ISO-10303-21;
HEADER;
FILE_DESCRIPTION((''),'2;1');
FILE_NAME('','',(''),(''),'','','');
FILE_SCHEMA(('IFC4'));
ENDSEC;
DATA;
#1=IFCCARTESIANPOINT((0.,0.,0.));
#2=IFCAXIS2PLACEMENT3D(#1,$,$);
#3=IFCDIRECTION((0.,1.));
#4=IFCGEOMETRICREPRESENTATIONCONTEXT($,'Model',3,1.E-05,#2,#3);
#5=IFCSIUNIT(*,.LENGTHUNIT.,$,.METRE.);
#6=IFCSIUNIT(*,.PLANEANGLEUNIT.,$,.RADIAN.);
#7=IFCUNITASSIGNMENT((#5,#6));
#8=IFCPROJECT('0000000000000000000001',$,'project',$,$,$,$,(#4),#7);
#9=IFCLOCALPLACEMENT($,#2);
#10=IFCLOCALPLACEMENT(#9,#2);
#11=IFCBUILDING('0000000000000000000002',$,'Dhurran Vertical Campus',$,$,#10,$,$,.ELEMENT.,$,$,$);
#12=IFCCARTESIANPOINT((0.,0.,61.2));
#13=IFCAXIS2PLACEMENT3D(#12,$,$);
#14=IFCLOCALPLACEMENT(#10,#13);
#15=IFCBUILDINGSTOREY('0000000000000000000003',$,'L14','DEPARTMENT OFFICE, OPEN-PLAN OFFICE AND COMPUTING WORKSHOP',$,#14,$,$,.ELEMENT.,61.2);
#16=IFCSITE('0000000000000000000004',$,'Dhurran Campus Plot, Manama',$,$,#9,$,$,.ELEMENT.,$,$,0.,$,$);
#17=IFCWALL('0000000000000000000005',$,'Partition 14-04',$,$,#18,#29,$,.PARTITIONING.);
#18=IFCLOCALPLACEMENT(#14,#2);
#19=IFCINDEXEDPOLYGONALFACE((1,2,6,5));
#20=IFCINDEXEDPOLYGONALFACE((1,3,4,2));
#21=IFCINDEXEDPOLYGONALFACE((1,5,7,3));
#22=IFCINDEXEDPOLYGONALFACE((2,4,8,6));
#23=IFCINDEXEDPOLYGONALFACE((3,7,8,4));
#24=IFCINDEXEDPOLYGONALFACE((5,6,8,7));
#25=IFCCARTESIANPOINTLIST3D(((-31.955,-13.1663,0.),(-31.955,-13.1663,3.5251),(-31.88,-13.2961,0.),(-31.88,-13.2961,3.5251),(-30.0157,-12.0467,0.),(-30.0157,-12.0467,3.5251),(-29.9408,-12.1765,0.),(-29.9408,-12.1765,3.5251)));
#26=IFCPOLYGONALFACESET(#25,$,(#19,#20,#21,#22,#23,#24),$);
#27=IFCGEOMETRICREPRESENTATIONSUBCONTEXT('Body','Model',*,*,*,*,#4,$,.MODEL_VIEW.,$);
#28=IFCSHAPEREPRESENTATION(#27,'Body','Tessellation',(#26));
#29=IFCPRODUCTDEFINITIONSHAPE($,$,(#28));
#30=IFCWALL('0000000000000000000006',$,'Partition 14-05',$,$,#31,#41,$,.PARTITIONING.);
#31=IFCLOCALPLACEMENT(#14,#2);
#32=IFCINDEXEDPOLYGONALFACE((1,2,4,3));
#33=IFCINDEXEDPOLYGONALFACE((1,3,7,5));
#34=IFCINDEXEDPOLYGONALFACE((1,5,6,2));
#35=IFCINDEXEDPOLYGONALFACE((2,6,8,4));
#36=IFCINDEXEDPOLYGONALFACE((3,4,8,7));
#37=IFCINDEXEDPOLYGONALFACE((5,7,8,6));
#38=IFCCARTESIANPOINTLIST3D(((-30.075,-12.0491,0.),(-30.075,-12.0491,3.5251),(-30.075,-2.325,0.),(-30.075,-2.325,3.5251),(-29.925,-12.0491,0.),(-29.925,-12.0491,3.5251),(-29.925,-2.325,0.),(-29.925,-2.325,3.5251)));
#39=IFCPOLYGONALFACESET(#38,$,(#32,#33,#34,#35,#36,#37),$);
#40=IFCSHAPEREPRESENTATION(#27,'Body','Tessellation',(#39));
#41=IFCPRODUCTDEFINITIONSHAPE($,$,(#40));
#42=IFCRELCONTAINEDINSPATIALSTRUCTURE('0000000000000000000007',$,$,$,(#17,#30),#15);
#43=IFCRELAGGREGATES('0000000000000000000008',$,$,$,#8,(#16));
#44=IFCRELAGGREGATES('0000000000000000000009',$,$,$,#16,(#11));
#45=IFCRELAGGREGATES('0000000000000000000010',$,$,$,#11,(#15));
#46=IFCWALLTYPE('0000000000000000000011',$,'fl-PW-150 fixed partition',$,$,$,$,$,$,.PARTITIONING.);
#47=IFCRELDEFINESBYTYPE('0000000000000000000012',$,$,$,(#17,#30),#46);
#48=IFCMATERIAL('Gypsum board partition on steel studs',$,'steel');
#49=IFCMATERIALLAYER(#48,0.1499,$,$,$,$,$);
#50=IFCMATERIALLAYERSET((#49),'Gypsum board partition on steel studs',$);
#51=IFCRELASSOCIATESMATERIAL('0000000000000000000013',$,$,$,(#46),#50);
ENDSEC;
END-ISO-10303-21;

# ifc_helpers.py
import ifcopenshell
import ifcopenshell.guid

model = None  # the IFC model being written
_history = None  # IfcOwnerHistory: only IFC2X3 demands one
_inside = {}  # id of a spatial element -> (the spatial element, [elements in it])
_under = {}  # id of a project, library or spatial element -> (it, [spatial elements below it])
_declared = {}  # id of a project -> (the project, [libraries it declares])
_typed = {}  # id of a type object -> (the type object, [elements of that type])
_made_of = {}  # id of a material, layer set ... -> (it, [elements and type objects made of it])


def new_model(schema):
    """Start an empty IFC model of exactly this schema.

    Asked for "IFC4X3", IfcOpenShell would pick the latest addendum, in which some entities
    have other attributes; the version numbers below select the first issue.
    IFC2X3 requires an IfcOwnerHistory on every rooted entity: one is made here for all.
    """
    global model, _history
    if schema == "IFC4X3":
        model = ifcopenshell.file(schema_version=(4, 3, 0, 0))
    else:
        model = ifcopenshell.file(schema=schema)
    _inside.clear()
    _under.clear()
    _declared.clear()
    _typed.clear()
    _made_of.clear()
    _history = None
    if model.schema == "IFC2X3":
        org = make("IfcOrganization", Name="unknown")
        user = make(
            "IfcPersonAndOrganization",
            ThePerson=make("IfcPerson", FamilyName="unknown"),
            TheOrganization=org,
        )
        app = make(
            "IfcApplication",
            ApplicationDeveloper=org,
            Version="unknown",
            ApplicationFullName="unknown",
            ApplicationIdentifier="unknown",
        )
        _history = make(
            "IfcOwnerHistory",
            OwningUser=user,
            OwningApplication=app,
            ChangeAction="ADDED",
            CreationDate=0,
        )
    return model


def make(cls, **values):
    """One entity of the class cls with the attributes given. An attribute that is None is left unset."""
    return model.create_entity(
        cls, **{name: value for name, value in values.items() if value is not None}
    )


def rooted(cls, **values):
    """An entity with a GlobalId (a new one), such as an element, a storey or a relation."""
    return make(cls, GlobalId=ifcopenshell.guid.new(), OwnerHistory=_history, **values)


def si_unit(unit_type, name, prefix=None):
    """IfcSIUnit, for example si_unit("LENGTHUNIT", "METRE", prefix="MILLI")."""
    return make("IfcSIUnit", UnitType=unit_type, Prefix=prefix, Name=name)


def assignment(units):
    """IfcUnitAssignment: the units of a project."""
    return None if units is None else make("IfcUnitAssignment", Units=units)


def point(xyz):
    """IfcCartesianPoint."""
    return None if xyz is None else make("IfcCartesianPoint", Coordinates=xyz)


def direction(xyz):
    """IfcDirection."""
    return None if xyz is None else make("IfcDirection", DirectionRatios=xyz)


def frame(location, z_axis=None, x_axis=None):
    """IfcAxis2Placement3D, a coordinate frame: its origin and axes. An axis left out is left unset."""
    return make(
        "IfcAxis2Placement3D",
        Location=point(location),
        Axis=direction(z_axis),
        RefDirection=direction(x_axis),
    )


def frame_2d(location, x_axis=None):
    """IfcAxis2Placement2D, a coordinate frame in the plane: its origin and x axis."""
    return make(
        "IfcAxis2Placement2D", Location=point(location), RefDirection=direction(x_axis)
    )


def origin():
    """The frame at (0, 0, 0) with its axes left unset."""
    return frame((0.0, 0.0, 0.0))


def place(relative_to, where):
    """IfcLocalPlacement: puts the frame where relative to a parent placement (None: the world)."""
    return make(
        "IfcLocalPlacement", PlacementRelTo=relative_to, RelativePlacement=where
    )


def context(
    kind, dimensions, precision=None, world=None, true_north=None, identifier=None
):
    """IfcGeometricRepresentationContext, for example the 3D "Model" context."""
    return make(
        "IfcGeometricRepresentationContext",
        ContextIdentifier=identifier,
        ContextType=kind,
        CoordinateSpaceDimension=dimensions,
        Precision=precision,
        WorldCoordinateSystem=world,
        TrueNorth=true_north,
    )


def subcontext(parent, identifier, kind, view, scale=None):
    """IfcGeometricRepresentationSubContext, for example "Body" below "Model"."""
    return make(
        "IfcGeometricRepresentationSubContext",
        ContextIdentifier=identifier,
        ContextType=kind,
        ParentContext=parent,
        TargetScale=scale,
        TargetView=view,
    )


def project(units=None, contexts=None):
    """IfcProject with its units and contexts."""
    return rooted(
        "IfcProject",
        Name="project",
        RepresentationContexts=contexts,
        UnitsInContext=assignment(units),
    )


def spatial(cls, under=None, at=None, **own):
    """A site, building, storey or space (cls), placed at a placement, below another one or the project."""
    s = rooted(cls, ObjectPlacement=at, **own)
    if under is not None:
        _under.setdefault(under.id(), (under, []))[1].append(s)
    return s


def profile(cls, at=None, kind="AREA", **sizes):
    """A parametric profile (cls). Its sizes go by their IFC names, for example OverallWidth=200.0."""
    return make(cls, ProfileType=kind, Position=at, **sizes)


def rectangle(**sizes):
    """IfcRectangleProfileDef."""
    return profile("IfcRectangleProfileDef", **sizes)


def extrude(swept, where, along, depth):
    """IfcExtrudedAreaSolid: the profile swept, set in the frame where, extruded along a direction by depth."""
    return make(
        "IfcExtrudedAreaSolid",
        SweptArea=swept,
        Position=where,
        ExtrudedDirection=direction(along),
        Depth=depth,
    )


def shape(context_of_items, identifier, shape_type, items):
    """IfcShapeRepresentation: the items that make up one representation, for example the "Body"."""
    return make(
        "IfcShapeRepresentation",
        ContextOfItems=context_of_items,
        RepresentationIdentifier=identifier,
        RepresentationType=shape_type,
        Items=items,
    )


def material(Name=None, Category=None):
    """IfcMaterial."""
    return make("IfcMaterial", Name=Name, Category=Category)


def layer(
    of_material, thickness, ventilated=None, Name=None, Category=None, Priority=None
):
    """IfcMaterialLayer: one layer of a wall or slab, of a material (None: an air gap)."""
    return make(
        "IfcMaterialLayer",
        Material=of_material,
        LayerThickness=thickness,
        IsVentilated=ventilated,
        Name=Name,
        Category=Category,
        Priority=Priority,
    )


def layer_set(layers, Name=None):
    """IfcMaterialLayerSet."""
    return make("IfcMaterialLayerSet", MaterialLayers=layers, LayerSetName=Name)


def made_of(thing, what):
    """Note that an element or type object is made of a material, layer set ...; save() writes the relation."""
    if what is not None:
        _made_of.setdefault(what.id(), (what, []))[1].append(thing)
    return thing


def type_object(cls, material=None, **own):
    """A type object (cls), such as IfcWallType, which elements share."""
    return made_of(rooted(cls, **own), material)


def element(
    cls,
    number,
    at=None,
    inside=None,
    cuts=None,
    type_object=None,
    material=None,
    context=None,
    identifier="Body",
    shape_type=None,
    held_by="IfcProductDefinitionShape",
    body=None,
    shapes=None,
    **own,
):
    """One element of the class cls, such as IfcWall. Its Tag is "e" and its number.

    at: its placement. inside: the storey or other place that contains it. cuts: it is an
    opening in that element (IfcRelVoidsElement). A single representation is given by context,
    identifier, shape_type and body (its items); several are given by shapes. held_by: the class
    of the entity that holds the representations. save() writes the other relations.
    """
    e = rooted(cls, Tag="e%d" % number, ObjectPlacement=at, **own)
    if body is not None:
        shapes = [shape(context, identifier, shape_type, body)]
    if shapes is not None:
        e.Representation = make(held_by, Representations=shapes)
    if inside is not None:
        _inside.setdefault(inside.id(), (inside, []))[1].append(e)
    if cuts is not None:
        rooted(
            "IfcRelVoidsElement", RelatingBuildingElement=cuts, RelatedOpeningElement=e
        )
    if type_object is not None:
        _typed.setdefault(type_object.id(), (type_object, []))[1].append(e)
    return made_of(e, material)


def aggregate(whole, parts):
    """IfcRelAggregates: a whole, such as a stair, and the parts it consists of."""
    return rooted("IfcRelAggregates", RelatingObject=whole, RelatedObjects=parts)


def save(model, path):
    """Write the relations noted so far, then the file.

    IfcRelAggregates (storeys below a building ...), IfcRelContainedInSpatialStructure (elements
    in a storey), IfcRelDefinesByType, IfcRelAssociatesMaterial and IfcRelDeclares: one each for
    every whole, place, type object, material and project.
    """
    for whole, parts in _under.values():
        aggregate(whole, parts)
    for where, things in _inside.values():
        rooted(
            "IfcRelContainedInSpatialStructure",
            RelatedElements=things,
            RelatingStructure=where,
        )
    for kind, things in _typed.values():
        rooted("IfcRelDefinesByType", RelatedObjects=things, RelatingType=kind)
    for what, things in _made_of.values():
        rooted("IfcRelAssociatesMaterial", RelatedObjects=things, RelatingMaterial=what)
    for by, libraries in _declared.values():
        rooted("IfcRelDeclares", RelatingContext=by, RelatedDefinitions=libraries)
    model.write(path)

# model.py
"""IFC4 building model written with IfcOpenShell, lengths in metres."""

from ifc_helpers import new_model, si_unit, direction, frame, frame_2d, origin, place, context, subcontext, project, spatial, rectangle, extrude, material, layer, layer_set, type_object, element, save


model = new_model("IFC4")

# Units and contexts
model_context = context("Model", 3, precision=1e-05, world=origin(), true_north=direction((0.0, 1.0)))
body_context = subcontext(model_context, "Body", "Model", "MODEL_VIEW")
ifc_project = project(units=[si_unit("LENGTHUNIT", "METRE"), si_unit("PLANEANGLEUNIT", "RADIAN")], contexts=[model_context])

# Site, building, storey
site_placement = place(None, origin())
site = spatial("IfcSite", under=ifc_project, at=site_placement, Name="Dhurran Campus Plot, Manama", CompositionType="ELEMENT", RefElevation=0.0)
building_placement = place(site_placement, origin())
building = spatial("IfcBuilding", under=site, at=building_placement, Name="Dhurran Vertical Campus", CompositionType="ELEMENT")
storey_placement = place(building_placement, frame((0.0, 0.0, 61.2)))
storey = spatial("IfcBuildingStorey", under=building, at=storey_placement, Name="L14", Description="DEPARTMENT OFFICE, OPEN-PLAN OFFICE AND COMPUTING WORKSHOP", CompositionType="ELEMENT", Elevation=61.2)

# Walls
ifc_material_1 = material(Name="Gypsum board partition on steel studs", Category="steel")
ifc_layer_1 = layer(ifc_material_1, 0.1499)
ifc_layer_set_1 = layer_set([ifc_layer_1], Name="Gypsum board partition on steel studs")
wall_type_1 = type_object("IfcWallType", Name="fl-PW-150 fixed partition", PredefinedType="PARTITIONING", material=ifc_layer_set_1)
wall_1_placement = place(storey_placement, frame((-29.9783, -12.1116, 0.0), z_axis=(0.0, 0.0, 1.0), x_axis=(-0.86602, -0.500009, 0.0)))
element("IfcWall", 1, at=wall_1_placement, inside=storey, type_object=wall_type_1, Name="Partition 14-04", PredefinedType="PARTITIONING", context=body_context, shape_type="SweptSolid", body=[
    extrude(rectangle(XDim=2.2393, YDim=0.1499, at=frame_2d((1.1196, 0.0))), origin(), (0.0, 0.0, 1.0), 3.5251),
])
wall_2_placement = place(storey_placement, frame((-30.0, -2.325, 0.0), z_axis=(0.0, 0.0, 1.0), x_axis=(0.0, -1.0, 0.0)))
element("IfcWall", 2, at=wall_2_placement, inside=storey, type_object=wall_type_1, Name="Partition 14-05", PredefinedType="PARTITIONING", context=body_context, shape_type="SweptSolid", body=[
    extrude(rectangle(XDim=9.7241, YDim=0.1499, at=frame_2d((4.8621, 0.0))), origin(), (0.0, 0.0, 1.0), 3.5251),
])

save(model, "model.ifc")
